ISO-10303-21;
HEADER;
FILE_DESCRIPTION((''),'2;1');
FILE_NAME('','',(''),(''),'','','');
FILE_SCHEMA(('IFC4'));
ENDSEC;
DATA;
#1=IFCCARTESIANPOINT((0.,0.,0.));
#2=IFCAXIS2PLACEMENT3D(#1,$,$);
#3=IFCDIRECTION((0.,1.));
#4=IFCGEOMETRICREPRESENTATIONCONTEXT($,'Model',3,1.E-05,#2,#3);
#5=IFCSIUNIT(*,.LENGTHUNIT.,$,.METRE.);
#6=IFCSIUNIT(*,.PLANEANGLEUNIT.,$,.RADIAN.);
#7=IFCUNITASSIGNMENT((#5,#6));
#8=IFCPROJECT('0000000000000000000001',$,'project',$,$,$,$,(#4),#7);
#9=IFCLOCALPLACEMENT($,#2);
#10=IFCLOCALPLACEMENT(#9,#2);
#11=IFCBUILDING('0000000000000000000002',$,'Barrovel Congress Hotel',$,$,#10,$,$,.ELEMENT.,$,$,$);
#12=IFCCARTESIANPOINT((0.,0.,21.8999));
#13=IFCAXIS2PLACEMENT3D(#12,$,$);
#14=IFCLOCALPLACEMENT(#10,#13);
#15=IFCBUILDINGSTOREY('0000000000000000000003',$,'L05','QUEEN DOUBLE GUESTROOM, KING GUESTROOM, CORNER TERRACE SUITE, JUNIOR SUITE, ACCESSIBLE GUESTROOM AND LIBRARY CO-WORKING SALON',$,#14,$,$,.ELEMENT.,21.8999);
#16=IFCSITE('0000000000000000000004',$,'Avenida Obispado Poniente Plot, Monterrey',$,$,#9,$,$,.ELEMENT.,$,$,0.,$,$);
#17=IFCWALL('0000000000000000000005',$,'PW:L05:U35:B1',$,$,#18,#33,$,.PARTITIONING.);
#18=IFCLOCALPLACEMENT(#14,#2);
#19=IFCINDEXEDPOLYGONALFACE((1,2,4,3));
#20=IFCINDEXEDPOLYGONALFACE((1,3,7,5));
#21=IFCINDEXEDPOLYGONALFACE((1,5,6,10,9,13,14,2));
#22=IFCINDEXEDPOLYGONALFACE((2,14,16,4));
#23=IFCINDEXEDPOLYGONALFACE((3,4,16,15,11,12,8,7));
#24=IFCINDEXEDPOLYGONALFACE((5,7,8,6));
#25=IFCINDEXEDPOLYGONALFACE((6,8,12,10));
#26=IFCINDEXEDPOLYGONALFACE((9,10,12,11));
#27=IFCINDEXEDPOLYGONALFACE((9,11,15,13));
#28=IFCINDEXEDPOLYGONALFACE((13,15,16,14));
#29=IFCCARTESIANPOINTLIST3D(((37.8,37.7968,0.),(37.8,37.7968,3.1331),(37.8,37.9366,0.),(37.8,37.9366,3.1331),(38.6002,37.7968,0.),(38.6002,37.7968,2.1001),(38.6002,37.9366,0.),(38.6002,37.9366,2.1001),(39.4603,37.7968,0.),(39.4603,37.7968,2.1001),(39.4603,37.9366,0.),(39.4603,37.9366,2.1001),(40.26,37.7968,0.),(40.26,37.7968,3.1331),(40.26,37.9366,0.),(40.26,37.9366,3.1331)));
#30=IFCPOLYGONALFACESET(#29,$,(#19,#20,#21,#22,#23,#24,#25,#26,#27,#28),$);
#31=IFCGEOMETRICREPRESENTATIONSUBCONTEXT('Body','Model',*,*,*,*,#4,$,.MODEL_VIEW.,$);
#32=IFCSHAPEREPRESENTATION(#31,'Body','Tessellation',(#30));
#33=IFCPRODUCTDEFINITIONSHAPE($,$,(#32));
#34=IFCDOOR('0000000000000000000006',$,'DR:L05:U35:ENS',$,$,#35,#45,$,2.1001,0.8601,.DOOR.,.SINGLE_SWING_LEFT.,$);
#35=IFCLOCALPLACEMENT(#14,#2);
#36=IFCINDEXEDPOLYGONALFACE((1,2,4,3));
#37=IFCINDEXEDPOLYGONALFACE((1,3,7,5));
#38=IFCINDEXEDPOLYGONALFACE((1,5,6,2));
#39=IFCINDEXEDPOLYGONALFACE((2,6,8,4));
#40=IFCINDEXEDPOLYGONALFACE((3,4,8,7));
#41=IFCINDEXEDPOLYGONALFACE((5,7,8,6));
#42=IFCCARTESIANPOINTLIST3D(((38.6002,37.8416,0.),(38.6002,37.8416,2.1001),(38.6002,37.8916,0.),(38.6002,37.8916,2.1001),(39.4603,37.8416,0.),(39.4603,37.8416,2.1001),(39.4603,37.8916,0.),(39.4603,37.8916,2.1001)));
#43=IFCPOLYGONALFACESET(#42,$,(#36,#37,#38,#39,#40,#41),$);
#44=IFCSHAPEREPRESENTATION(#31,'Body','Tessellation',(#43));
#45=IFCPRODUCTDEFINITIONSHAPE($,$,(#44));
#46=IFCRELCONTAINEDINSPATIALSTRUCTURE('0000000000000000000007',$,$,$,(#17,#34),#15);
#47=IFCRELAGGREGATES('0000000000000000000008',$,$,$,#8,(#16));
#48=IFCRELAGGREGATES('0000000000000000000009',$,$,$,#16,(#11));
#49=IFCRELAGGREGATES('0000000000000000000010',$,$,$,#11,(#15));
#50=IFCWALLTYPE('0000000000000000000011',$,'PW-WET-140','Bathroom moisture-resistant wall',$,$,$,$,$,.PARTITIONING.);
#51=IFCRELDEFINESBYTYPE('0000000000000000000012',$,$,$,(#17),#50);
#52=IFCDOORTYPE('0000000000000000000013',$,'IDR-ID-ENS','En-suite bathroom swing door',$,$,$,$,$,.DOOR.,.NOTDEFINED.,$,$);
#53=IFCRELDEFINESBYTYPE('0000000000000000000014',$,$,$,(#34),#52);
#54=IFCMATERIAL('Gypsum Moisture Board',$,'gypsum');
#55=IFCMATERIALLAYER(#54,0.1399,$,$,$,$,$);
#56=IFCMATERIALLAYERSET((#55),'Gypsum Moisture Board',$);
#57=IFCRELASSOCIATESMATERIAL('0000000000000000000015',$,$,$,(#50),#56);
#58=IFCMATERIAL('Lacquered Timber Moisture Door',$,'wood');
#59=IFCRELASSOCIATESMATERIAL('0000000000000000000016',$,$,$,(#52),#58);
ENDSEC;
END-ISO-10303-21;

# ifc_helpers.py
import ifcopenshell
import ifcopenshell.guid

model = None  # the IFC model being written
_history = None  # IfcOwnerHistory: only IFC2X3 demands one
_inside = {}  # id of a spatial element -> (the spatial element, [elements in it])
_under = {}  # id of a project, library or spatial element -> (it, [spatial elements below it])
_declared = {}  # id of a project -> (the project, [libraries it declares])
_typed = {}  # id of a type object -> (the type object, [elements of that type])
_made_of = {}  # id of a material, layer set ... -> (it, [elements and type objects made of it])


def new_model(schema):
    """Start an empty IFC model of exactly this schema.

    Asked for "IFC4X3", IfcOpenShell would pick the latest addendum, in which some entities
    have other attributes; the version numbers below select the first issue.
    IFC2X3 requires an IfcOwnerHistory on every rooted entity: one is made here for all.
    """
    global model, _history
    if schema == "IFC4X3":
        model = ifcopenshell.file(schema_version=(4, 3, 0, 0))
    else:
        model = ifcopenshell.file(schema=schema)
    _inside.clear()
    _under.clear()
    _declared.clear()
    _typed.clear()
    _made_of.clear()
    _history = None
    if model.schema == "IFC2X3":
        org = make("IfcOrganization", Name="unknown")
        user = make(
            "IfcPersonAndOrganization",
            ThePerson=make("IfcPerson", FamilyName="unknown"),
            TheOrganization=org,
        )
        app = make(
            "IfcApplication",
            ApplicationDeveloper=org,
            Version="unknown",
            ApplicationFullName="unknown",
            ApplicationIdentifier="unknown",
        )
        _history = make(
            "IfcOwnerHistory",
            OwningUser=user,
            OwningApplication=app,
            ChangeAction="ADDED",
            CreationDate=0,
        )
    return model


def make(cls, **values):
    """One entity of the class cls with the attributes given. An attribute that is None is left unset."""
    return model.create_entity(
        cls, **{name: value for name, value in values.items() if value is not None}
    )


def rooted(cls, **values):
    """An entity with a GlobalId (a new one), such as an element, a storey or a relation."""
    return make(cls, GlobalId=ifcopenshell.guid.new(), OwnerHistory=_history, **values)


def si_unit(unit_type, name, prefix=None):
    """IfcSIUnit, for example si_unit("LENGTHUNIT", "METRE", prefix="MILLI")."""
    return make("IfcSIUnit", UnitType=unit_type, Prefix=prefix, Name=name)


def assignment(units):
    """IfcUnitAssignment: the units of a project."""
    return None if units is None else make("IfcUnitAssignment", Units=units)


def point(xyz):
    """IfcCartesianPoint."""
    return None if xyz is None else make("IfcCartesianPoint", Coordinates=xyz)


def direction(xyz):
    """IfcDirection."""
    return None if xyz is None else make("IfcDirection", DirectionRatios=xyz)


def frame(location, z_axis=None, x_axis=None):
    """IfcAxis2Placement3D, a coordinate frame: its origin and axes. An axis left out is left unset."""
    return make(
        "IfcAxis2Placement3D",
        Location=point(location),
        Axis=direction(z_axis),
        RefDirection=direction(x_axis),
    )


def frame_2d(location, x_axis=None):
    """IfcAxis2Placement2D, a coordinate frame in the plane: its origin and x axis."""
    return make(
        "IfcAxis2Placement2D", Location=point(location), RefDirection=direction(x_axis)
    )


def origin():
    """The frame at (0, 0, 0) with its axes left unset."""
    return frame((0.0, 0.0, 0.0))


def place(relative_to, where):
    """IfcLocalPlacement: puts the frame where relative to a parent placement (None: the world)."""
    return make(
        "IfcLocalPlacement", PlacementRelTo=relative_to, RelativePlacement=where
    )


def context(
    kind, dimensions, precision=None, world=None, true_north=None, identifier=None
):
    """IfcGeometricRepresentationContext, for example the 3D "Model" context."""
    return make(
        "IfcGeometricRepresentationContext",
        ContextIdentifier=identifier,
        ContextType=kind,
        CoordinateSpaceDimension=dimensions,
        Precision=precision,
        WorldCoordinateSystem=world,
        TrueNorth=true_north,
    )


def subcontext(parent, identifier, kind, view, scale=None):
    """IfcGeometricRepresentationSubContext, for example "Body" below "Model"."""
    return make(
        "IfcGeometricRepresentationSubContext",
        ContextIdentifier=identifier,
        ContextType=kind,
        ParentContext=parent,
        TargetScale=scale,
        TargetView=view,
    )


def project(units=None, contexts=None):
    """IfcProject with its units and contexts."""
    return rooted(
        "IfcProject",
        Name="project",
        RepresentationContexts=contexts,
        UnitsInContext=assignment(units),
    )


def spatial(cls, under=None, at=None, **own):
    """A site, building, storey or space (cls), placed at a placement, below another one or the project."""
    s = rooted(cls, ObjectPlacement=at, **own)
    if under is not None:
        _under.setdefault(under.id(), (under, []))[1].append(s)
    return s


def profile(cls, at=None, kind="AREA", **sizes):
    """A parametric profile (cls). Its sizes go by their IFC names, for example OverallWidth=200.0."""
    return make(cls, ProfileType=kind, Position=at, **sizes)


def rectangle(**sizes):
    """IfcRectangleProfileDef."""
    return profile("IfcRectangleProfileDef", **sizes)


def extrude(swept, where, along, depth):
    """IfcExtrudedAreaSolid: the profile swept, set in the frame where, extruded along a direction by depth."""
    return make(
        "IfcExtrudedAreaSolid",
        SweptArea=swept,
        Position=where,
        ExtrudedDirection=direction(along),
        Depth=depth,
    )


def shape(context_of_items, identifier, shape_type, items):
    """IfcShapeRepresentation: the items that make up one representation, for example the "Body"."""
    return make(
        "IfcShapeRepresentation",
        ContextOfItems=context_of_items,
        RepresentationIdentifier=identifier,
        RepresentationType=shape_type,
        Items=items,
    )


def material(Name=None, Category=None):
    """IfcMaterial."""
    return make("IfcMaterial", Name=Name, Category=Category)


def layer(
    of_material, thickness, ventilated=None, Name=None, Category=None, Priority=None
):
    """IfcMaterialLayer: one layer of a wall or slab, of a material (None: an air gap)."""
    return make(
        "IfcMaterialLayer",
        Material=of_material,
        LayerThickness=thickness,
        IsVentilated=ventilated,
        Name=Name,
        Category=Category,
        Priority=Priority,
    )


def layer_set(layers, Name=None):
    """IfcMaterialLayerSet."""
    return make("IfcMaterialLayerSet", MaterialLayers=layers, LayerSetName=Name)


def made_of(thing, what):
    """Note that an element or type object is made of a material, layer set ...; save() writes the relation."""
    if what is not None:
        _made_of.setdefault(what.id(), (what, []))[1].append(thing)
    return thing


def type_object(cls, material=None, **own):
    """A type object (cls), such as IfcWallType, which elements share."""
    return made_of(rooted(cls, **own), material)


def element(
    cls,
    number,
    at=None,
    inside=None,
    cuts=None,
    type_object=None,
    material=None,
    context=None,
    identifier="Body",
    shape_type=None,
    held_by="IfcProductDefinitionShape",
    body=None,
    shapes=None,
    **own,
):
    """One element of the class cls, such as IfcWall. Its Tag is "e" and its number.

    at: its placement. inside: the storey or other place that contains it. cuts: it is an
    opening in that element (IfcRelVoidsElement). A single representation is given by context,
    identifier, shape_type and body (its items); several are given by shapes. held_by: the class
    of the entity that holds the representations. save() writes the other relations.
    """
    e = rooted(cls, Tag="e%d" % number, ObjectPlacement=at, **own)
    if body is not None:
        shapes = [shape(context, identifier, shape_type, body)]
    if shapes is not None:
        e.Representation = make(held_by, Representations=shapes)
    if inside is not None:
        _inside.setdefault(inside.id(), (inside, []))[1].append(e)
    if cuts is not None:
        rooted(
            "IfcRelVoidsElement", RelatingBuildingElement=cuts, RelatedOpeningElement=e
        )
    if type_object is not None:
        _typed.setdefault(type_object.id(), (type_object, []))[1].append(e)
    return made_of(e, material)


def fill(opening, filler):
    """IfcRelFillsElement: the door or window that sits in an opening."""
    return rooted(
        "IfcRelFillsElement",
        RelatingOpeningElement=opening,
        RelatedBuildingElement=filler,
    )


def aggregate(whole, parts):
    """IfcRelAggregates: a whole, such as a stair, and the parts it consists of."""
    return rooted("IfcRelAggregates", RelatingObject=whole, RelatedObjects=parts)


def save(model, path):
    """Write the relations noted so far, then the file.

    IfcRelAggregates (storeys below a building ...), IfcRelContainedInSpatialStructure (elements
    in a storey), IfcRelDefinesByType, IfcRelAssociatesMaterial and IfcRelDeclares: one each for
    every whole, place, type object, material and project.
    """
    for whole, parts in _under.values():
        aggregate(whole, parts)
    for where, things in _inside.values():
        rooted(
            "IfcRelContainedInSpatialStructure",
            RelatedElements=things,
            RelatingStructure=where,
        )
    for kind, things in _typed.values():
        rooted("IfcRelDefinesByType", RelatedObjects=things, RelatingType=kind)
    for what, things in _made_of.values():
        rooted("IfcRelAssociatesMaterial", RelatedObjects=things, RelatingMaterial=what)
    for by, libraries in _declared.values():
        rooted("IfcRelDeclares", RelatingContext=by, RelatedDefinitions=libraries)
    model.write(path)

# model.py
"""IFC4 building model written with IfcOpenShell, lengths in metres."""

from ifc_helpers import new_model, si_unit, direction, frame, frame_2d, origin, place, context, subcontext, project, spatial, rectangle, extrude, material, layer, layer_set, type_object, element, fill, save


model = new_model("IFC4")

# Units and contexts
model_context = context("Model", 3, precision=1e-05, world=origin(), true_north=direction((0.0, 1.0)))
body_context = subcontext(model_context, "Body", "Model", "MODEL_VIEW")
ifc_project = project(units=[si_unit("LENGTHUNIT", "METRE"), si_unit("PLANEANGLEUNIT", "RADIAN")], contexts=[model_context])

# Site, building, storey
site_placement = place(None, origin())
site = spatial("IfcSite", under=ifc_project, at=site_placement, Name="Avenida Obispado Poniente Plot, Monterrey", CompositionType="ELEMENT", RefElevation=0.0)
building_placement = place(site_placement, origin())
building = spatial("IfcBuilding", under=site, at=building_placement, Name="Barrovel Congress Hotel", CompositionType="ELEMENT")
storey_placement = place(building_placement, frame((0.0, 0.0, 21.8999)))
storey = spatial("IfcBuildingStorey", under=building, at=storey_placement, Name="L05", Description="QUEEN DOUBLE GUESTROOM, KING GUESTROOM, CORNER TERRACE SUITE, JUNIOR SUITE, ACCESSIBLE GUESTROOM AND LIBRARY CO-WORKING SALON", CompositionType="ELEMENT", Elevation=21.8999)

# Wall, opening, door
ifc_material_1 = material(Name="Gypsum Moisture Board", Category="gypsum")
ifc_layer_1 = layer(ifc_material_1, 0.1399)
ifc_layer_set_1 = layer_set([ifc_layer_1], Name="Gypsum Moisture Board")
wall_type_1 = type_object("IfcWallType", Name="PW-WET-140", Description="Bathroom moisture-resistant wall", PredefinedType="PARTITIONING", material=ifc_layer_set_1)
ifc_material_2 = material(Name="Lacquered Timber Moisture Door", Category="wood")
door_type_1 = type_object("IfcDoorType", Name="IDR-ID-ENS", Description="En-suite bathroom swing door", OperationType="NOTDEFINED", PredefinedType="DOOR", material=ifc_material_2)
wall_1_placement = place(storey_placement, frame((37.8, 37.8667, 0.0), z_axis=(0.0, 0.0, 1.0), x_axis=(1.0, 0.0, 0.0)))
wall_1 = element("IfcWall", 1, at=wall_1_placement, inside=storey, type_object=wall_type_1, Name="PW:L05:U35:B1", PredefinedType="PARTITIONING", context=body_context, shape_type="SweptSolid", body=[
    extrude(rectangle(XDim=2.46, YDim=0.1399, at=frame_2d((1.23, 0.0))), origin(), (0.0, 0.0, 1.0), 3.1331),
])
opening_1_placement = place(wall_1_placement, frame((0.8, 0.0, 0.0)))
opening_1 = element("IfcOpeningElement", 2, at=opening_1_placement, cuts=wall_1, PredefinedType="OPENING", context=body_context, shape_type="SweptSolid", body=[
    extrude(rectangle(XDim=0.8601, YDim=2.1001, at=frame_2d((0.4302, 1.05))), frame((0.0, 0.0801, 0.0), z_axis=(0.0, -1.0, 0.0), x_axis=(1.0, 0.0, 0.0)), (0.0, 0.0, 1.0), 0.1599),
])
door_1_placement = place(opening_1_placement, origin())
door_1 = element("IfcDoor", 3, at=door_1_placement, inside=storey, type_object=door_type_1, Name="DR:L05:U35:ENS", OperationType="SINGLE_SWING_LEFT", OverallHeight=2.1001, OverallWidth=0.8601, PredefinedType="DOOR", context=body_context, shape_type="SweptSolid", body=[
    extrude(rectangle(XDim=0.8601, YDim=2.1001, at=frame_2d((0.4302, 1.05))), frame((0.0, 0.0249, 0.0), z_axis=(0.0, -1.0, 0.0), x_axis=(1.0, 0.0, 0.0)), (0.0, 0.0, 1.0), 0.05),
])
fill(opening_1, door_1)

save(model, "model.ifc")
